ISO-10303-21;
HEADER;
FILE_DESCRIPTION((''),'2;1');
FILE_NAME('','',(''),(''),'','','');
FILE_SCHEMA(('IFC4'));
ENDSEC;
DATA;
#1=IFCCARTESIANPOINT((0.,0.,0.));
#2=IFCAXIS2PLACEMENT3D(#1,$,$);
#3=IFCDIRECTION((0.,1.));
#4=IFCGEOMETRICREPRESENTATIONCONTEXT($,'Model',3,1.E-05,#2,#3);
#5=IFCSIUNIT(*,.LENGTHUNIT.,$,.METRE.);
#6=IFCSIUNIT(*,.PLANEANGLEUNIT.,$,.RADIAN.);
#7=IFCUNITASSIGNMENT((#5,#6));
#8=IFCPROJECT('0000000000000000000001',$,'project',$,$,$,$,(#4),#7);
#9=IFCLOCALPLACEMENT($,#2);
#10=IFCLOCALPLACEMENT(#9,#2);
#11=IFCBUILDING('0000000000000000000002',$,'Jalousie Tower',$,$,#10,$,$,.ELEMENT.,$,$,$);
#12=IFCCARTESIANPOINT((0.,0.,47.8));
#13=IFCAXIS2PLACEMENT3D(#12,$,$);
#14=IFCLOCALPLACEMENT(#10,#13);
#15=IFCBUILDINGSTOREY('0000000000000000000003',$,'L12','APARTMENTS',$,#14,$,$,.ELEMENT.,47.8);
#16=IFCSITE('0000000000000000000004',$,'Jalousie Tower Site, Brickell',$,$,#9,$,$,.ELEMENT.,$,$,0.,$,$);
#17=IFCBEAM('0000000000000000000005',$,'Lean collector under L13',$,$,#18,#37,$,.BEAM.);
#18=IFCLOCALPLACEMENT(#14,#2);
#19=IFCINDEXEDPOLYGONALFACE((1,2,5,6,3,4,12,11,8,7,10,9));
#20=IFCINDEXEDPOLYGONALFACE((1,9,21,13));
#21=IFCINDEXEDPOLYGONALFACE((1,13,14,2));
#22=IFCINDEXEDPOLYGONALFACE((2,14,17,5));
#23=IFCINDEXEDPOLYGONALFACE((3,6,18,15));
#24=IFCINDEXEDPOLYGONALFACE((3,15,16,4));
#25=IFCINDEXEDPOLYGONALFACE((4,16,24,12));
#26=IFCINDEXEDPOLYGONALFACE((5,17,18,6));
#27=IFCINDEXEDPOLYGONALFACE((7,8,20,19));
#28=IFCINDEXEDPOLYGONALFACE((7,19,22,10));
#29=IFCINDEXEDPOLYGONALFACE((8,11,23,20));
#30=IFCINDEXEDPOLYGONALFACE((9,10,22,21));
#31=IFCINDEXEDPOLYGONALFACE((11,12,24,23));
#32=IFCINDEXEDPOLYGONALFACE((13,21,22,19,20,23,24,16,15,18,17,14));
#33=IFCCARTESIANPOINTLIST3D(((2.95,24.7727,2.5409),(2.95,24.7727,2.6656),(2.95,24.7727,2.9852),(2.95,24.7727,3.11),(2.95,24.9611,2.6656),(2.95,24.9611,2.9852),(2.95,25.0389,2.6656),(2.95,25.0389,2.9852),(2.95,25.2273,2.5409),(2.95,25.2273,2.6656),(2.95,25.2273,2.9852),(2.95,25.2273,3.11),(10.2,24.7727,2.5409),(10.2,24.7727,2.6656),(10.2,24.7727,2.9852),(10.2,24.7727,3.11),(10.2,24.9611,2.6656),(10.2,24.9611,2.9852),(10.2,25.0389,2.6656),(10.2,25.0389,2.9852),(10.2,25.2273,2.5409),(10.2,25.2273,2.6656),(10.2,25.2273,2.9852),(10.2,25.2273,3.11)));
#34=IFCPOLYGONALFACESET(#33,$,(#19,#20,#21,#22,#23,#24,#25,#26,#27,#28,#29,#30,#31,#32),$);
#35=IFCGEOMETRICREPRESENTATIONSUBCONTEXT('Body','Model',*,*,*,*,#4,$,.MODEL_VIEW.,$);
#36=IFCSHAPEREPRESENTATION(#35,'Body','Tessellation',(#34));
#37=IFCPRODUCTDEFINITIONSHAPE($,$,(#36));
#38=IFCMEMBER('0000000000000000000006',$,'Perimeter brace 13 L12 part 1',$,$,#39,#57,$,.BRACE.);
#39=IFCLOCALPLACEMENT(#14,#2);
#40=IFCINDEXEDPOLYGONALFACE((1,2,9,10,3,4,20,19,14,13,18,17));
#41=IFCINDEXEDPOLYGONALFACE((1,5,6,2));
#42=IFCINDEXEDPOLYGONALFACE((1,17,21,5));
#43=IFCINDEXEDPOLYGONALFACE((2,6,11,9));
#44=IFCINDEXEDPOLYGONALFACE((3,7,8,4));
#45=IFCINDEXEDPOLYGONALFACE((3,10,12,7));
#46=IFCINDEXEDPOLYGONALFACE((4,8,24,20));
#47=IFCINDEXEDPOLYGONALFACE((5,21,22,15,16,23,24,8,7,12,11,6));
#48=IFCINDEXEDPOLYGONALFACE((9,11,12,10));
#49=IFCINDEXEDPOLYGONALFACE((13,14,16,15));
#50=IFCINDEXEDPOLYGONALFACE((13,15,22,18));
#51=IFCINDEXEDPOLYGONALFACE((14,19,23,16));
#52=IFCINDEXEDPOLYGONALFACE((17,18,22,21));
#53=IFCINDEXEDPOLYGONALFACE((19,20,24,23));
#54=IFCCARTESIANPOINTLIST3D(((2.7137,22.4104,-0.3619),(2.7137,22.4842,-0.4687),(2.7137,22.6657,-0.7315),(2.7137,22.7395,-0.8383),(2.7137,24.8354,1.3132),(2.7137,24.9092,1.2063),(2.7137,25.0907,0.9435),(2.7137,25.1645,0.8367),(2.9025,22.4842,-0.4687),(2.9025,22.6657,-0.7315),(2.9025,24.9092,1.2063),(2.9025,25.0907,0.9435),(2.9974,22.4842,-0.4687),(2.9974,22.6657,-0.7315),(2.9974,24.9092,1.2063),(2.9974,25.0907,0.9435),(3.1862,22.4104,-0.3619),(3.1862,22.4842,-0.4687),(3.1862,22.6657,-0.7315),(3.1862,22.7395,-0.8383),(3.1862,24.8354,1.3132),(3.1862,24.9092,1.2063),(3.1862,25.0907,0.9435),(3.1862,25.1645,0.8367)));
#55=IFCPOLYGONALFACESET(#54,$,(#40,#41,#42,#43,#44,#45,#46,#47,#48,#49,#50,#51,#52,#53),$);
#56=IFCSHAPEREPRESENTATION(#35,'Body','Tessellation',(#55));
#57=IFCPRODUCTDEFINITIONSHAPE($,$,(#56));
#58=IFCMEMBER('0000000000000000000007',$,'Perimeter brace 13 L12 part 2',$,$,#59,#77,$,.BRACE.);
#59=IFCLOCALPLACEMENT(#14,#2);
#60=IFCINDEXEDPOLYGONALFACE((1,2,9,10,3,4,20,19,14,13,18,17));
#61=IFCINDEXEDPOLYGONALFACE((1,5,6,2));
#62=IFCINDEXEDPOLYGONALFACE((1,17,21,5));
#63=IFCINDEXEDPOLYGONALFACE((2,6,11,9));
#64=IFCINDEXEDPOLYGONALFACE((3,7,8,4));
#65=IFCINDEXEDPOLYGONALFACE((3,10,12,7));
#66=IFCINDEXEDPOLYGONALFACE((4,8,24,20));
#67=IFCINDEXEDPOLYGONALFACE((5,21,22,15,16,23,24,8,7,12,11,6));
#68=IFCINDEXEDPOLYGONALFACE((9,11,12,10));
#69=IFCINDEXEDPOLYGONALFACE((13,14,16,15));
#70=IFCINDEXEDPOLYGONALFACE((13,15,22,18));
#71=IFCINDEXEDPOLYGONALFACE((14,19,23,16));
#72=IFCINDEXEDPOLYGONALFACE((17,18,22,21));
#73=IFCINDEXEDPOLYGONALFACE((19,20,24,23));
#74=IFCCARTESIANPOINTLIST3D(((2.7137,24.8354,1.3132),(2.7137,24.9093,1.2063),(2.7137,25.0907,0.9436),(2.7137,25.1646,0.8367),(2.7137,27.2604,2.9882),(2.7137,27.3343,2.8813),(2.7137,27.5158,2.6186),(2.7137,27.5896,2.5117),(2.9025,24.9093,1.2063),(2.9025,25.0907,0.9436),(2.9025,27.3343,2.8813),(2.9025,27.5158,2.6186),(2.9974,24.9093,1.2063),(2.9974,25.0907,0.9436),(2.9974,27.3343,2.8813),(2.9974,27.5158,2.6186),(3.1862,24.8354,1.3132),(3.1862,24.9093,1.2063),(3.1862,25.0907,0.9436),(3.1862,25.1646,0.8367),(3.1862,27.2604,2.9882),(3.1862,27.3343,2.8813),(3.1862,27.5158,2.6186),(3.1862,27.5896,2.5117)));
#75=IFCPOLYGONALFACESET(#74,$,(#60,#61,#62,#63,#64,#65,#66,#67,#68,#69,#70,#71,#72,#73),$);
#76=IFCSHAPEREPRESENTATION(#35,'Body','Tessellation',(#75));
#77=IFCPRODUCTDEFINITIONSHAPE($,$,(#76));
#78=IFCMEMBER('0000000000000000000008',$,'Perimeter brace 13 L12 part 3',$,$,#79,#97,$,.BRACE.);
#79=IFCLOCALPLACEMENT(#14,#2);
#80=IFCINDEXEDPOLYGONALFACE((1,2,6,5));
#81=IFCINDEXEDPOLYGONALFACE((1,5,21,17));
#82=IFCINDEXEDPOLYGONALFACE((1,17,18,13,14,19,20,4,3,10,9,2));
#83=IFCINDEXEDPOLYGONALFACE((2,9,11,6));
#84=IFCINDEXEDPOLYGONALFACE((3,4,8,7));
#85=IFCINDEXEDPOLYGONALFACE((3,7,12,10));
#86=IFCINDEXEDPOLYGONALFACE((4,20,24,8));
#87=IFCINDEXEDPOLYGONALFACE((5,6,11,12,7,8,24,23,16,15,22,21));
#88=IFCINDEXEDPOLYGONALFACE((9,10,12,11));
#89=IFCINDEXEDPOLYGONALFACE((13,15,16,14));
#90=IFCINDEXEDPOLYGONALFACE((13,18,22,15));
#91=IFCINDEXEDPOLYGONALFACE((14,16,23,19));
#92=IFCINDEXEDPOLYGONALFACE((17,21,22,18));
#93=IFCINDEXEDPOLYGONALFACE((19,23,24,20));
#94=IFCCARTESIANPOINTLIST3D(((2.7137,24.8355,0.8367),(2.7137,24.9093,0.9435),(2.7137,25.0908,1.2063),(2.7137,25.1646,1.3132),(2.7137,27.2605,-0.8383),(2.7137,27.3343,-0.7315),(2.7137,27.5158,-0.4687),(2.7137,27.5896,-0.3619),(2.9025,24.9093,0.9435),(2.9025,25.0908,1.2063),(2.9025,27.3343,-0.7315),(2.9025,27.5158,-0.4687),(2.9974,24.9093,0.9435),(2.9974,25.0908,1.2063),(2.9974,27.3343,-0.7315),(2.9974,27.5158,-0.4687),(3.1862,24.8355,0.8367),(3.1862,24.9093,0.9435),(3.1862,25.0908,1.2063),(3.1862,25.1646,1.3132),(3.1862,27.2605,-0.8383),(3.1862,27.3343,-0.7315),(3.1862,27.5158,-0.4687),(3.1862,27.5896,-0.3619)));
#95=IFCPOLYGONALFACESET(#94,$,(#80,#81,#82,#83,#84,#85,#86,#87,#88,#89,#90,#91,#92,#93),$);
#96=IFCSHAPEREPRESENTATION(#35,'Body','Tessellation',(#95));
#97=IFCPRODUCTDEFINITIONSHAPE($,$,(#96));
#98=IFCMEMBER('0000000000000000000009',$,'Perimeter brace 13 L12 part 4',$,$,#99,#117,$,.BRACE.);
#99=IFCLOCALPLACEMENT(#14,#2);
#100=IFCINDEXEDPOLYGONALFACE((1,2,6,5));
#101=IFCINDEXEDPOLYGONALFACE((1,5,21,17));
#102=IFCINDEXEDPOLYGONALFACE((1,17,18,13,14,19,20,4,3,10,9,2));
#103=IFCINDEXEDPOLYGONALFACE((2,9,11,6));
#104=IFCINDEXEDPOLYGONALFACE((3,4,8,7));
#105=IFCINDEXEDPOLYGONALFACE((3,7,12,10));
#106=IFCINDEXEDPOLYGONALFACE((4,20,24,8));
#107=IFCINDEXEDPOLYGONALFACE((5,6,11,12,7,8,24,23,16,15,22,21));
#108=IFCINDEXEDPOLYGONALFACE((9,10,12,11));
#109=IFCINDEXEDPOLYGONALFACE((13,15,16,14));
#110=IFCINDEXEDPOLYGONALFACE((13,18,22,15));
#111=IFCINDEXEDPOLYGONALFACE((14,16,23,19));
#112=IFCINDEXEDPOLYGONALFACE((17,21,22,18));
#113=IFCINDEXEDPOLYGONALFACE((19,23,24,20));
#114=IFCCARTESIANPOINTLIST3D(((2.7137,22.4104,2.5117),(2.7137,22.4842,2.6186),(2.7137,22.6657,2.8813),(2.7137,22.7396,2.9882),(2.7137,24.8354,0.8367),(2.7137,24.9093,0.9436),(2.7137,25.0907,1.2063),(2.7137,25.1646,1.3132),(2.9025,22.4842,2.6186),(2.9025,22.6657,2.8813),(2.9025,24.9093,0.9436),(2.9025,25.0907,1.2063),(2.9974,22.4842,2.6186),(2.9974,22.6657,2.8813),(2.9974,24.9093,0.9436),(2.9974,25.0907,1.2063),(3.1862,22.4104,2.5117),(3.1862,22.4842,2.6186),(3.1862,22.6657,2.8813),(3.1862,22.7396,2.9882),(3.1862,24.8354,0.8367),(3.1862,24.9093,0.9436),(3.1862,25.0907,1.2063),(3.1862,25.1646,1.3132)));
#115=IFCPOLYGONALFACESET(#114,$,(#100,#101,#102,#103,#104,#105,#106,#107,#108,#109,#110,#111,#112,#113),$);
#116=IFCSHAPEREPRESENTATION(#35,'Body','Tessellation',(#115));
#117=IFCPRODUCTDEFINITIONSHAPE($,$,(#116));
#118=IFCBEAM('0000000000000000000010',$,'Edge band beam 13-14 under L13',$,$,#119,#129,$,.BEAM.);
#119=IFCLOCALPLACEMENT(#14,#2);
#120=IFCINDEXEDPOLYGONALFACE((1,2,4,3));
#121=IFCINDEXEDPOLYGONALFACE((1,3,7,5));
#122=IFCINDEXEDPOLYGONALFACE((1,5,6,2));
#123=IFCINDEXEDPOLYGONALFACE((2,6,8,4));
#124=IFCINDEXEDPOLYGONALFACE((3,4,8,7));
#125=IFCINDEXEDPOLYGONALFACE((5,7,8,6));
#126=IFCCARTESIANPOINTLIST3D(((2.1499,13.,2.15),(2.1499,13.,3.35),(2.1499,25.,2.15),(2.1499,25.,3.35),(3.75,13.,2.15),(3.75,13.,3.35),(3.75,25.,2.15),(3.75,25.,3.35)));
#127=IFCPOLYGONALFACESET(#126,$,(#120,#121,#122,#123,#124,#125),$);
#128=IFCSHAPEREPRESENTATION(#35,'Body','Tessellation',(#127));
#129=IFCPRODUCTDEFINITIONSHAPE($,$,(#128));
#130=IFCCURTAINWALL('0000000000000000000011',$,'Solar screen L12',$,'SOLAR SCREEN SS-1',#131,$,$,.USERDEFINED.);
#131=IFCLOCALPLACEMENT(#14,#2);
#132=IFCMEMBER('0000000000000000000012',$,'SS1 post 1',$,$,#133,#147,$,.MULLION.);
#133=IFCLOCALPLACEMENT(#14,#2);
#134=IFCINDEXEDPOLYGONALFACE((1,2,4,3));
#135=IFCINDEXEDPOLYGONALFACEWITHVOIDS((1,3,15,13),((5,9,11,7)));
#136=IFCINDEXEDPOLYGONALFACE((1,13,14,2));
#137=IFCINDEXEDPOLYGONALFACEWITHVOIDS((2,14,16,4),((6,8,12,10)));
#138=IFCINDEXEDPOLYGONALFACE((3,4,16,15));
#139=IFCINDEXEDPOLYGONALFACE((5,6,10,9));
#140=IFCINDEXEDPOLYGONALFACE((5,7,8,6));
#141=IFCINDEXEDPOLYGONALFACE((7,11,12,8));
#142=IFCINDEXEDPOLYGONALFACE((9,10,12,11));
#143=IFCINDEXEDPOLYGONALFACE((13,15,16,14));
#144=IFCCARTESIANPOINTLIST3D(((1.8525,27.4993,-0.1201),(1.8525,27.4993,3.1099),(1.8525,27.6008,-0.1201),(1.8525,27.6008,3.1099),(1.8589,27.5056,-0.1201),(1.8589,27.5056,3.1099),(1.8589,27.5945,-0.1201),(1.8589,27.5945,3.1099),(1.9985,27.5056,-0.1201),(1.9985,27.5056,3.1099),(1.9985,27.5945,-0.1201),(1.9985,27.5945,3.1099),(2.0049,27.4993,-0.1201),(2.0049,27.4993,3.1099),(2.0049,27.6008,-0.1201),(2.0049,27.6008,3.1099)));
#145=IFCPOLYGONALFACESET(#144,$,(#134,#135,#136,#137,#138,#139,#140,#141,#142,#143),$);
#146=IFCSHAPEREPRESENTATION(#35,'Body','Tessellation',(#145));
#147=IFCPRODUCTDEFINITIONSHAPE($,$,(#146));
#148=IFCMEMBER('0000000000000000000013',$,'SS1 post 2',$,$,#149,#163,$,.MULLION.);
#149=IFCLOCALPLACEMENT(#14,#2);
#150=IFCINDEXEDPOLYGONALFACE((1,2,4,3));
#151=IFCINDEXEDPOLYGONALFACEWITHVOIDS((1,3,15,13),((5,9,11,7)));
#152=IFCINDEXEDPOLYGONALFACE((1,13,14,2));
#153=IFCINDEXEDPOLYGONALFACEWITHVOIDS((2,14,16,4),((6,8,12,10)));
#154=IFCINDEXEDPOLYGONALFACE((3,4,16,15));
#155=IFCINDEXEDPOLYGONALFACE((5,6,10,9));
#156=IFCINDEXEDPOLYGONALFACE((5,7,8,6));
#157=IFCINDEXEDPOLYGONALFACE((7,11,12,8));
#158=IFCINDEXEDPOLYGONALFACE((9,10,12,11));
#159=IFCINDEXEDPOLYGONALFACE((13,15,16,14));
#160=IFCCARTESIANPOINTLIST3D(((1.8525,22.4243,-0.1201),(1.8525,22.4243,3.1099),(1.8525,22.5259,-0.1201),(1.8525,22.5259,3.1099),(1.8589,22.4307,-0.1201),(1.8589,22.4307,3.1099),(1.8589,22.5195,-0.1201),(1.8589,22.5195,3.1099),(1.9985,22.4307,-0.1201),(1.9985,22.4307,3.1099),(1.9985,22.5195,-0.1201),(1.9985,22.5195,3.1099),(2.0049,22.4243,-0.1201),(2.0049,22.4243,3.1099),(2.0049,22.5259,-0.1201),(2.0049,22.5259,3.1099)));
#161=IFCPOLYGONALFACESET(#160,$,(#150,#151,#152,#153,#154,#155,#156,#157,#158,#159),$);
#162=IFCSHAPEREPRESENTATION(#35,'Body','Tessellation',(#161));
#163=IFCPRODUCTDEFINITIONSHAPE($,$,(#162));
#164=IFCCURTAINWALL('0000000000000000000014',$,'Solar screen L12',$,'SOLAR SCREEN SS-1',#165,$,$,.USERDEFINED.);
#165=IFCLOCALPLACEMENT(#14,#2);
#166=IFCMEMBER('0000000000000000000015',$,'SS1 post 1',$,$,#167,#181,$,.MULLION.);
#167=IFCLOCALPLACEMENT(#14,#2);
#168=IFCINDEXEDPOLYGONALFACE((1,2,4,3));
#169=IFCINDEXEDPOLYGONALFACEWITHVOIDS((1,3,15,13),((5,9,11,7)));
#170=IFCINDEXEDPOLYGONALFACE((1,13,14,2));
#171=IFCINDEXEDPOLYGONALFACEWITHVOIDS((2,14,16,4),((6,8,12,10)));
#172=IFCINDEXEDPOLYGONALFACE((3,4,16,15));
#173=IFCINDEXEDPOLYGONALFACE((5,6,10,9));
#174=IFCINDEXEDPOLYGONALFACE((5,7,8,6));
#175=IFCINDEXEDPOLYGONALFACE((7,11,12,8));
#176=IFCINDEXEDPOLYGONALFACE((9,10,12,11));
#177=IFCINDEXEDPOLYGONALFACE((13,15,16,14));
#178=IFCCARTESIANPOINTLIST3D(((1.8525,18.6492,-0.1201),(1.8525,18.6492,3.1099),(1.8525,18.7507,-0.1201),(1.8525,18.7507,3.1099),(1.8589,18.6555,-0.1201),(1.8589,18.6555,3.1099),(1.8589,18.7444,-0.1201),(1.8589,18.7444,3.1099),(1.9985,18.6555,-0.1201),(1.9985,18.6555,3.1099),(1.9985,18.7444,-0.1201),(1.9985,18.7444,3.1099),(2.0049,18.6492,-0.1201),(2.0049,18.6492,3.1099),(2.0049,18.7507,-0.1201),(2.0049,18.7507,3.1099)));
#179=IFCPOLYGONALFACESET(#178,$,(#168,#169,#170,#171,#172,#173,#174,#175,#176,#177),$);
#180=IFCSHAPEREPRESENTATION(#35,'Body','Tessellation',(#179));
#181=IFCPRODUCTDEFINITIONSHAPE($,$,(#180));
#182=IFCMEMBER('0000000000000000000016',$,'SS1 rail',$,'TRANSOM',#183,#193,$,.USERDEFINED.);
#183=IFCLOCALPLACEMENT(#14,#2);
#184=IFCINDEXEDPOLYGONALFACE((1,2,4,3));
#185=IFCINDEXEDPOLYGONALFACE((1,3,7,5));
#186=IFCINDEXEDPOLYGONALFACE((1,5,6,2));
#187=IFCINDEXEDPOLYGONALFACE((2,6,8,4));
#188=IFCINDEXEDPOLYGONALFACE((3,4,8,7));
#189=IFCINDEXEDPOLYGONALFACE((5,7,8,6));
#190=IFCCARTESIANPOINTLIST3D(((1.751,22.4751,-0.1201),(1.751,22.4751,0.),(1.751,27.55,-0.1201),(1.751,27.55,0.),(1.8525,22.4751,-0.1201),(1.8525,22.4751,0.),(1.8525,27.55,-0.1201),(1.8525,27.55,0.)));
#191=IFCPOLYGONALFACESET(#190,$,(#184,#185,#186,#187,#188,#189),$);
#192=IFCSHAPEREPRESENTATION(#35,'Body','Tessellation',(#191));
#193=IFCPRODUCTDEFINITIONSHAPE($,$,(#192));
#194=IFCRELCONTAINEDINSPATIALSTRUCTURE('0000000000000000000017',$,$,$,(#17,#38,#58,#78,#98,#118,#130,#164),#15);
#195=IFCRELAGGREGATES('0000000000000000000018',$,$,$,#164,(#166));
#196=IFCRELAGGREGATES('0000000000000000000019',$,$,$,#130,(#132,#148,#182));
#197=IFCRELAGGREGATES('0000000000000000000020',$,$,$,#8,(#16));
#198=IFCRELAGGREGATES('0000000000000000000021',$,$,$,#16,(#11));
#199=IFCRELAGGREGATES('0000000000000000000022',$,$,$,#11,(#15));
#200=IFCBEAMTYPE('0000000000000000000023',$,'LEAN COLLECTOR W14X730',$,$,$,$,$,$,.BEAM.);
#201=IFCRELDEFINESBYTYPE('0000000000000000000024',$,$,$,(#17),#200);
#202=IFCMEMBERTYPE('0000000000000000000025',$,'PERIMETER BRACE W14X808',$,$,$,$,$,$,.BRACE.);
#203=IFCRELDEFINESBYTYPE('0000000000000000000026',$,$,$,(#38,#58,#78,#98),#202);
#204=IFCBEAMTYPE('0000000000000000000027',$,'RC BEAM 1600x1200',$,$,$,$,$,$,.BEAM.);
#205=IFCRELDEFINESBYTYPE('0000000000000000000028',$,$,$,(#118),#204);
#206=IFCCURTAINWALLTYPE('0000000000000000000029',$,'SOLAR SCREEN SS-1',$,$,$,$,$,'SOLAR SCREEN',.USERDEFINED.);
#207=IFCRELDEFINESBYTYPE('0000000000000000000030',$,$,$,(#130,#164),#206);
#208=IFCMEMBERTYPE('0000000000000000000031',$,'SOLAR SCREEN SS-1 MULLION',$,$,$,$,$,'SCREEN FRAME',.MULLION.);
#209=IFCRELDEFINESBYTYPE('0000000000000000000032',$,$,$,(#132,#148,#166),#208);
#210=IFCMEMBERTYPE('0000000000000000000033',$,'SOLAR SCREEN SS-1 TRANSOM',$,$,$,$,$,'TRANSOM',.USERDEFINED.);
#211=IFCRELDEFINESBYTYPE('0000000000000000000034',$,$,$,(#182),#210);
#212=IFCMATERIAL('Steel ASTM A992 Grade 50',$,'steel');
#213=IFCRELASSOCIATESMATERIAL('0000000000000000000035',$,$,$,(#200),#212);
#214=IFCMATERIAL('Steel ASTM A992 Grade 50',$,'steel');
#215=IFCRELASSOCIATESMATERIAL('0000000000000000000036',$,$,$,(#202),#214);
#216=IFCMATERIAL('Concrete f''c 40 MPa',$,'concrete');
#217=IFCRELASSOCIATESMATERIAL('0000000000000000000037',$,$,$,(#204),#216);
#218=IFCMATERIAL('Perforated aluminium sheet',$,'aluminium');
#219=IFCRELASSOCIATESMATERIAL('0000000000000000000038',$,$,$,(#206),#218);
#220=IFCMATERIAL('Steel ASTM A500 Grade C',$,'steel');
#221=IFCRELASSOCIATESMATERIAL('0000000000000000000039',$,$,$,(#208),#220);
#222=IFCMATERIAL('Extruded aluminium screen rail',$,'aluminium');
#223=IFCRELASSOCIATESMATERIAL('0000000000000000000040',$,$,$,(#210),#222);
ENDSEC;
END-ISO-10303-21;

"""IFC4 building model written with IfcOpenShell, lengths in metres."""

from ifc_helpers import new_model, si_unit, direction, frame, origin, origin_2d, place, context, subcontext, project, spatial, rectangle, hollow_rectangle, i_section, extrude, material, material_profile, profile_set, type_object, element, aggregate, save


model = new_model("IFC4")

# Units and contexts
model_context = context("Model", 3, precision=1e-05, world=origin(), true_north=direction((0.0, 1.0)))
body_context = subcontext(model_context, "Body", "Model", "MODEL_VIEW")
ifc_project = project(units=[si_unit("LENGTHUNIT", "METRE"), si_unit("PLANEANGLEUNIT", "RADIAN")], contexts=[model_context])

# Site, building, storey
site_placement = place(None, origin())
site = spatial("IfcSite", under=ifc_project, at=site_placement, Name="Jalousie Tower Site, Brickell", CompositionType="ELEMENT", RefElevation=0.0)
building_placement = place(site_placement, origin())
building = spatial("IfcBuilding", under=site, at=building_placement, Name="Jalousie Tower", CompositionType="ELEMENT")
storey_placement = place(building_placement, frame((0.0, 0.0, 47.8)))
storey = spatial("IfcBuildingStorey", under=building, at=storey_placement, Name="L12", Description="APARTMENTS", CompositionType="ELEMENT", Elevation=47.8)

# Beam
ifc_material_1 = material(Name="Steel ASTM A992 Grade 50", Category="steel")
ifc_material_profile_1 = material_profile(ifc_material_1, i_section(OverallWidth=0.4546, OverallDepth=0.5691, WebThickness=0.0779, FlangeThickness=0.1248, at=origin_2d()), Name="W14X730")
ifc_profile_set_1 = profile_set([ifc_material_profile_1], Name="Steel ASTM A992 Grade 50")
beam_type_1 = type_object("IfcBeamType", Name="LEAN COLLECTOR W14X730", PredefinedType="BEAM", material=ifc_profile_set_1)
beam_1_placement = place(storey_placement, frame((2.95, 25.0, 2.8254), z_axis=(1.0, 0.0, 0.0), x_axis=(0.0, 1.0, 0.0)))
element("IfcBeam", 1, at=beam_1_placement, inside=storey, type_object=beam_type_1, Name="Lean collector under L13", PredefinedType="BEAM", context=body_context, shape_type="SweptSolid", body=[
    extrude(i_section(OverallWidth=0.4546, OverallDepth=0.5691, WebThickness=0.0779, FlangeThickness=0.1248, at=origin_2d()), origin(), (0.0, 0.0, 1.0), 7.25),
])

# Members
ifc_material_2 = material(Name="Steel ASTM A992 Grade 50", Category="steel")
ifc_material_profile_2 = material_profile(ifc_material_2, i_section(OverallWidth=0.4724, OverallDepth=0.5791, WebThickness=0.095, FlangeThickness=0.1299, at=origin_2d()), Name="W14X808")
ifc_profile_set_2 = profile_set([ifc_material_profile_2], Name="Steel ASTM A992 Grade 50")
member_type_1 = type_object("IfcMemberType", Name="PERIMETER BRACE W14X808", PredefinedType="BRACE", material=ifc_profile_set_2)
for number, where, z_axis, x_axis, name in (
    (2, (2.95, 22.575, -0.6001), (0.0, 0.8228, 0.568331), (-1.0, 0.0, 0.0), "Perimeter brace 13 L12 part 1"),
    (3, (2.95, 25.0, 1.075), (0.0, 0.8228, 0.568331), (-1.0, 0.0, 0.0), "Perimeter brace 13 L12 part 2"),
    (4, (2.95, 27.425, -0.6001), (0.0, -0.8228, 0.568331), (1.0, 0.0, 0.0), "Perimeter brace 13 L12 part 3"),
    (5, (2.95, 25.0, 1.075), (0.0, -0.8228, 0.568331), (1.0, 0.0, 0.0), "Perimeter brace 13 L12 part 4"),
):
    element("IfcMember", number, at=place(storey_placement, frame(where, z_axis=z_axis, x_axis=x_axis)), inside=storey, type_object=member_type_1, Name=name, PredefinedType="BRACE", context=body_context, shape_type="SweptSolid", body=[
        extrude(i_section(OverallWidth=0.4724, OverallDepth=0.5791, WebThickness=0.095, FlangeThickness=0.1299, at=origin_2d()), origin(), (0.0, 0.0, 1.0), 2.9473),
    ])

# Beam
ifc_material_3 = material(Name="Concrete f'c 40 MPa", Category="concrete")
ifc_material_profile_3 = material_profile(ifc_material_3, rectangle(XDim=1.6001, YDim=1.2, at=origin_2d()), Name="RC 1600x1200")
ifc_profile_set_3 = profile_set([ifc_material_profile_3], Name="Concrete f'c 40 MPa")
beam_type_2 = type_object("IfcBeamType", Name="RC BEAM 1600x1200", PredefinedType="BEAM", material=ifc_profile_set_3)
beam_2_placement = place(storey_placement, frame((2.95, 25.0, 2.75), z_axis=(0.0, -1.0, 0.0), x_axis=(1.0, 0.0, 0.0)))
element("IfcBeam", 6, at=beam_2_placement, inside=storey, type_object=beam_type_2, Name="Edge band beam 13-14 under L13", PredefinedType="BEAM", context=body_context, shape_type="SweptSolid", body=[
    extrude(rectangle(XDim=1.6001, YDim=1.2, at=origin_2d()), origin(), (0.0, 0.0, 1.0), 12.0),
])

# Curtain wall, members
ifc_material_4 = material(Name="Perforated aluminium sheet", Category="aluminium")
curtain_wall_type = type_object("IfcCurtainWallType", Name="SOLAR SCREEN SS-1", ElementType="SOLAR SCREEN", PredefinedType="USERDEFINED", material=ifc_material_4)
curtain_wall_1_placement = place(storey_placement, origin())
curtain_wall_1 = element("IfcCurtainWall", 7, at=curtain_wall_1_placement, inside=storey, type_object=curtain_wall_type, Name="Solar screen L12", ObjectType="SOLAR SCREEN SS-1", PredefinedType="USERDEFINED")
ifc_material_5 = material(Name="Steel ASTM A500 Grade C", Category="steel")
ifc_material_profile_4 = material_profile(ifc_material_5, hollow_rectangle(XDim=0.1016, YDim=0.1523, WallThickness=0.0063, at=origin_2d()), Name="HSS6X4X1/4")
ifc_profile_set_4 = profile_set([ifc_material_profile_4], Name="Steel ASTM A500 Grade C")
member_type_2 = type_object("IfcMemberType", Name="SOLAR SCREEN SS-1 MULLION", ElementType="SCREEN FRAME", PredefinedType="MULLION", material=ifc_profile_set_4)
member_1_placement = place(storey_placement, frame((1.9287, 27.55, -0.1201), z_axis=(0.0, 0.0, 1.0), x_axis=(0.0, -1.0, 0.0)))
member_1 = element("IfcMember", 8, at=member_1_placement, type_object=member_type_2, Name="SS1 post 1", PredefinedType="MULLION", context=body_context, shape_type="SweptSolid", body=[
    extrude(hollow_rectangle(XDim=0.1016, YDim=0.1523, WallThickness=0.0063, at=origin_2d()), origin(), (0.0, 0.0, 1.0), 3.23),
])
member_2_placement = place(storey_placement, frame((1.9287, 22.4751, -0.1201), z_axis=(0.0, 0.0, 1.0), x_axis=(0.0, -1.0, 0.0)))
member_2 = element("IfcMember", 9, at=member_2_placement, type_object=member_type_2, Name="SS1 post 2", PredefinedType="MULLION", context=body_context, shape_type="SweptSolid", body=[
    extrude(hollow_rectangle(XDim=0.1016, YDim=0.1523, WallThickness=0.0063, at=origin_2d()), origin(), (0.0, 0.0, 1.0), 3.23),
])

# Curtain wall, member
curtain_wall_2_placement = place(storey_placement, origin())
curtain_wall_2 = element("IfcCurtainWall", 10, at=curtain_wall_2_placement, inside=storey, type_object=curtain_wall_type, Name="Solar screen L12", ObjectType="SOLAR SCREEN SS-1", PredefinedType="USERDEFINED")
member_3_placement = place(storey_placement, frame((1.9287, 18.7, -0.1201), z_axis=(0.0, 0.0, 1.0), x_axis=(0.0, -1.0, 0.0)))
member_3 = element("IfcMember", 11, at=member_3_placement, type_object=member_type_2, Name="SS1 post 1", PredefinedType="MULLION", context=body_context, shape_type="SweptSolid", body=[
    extrude(hollow_rectangle(XDim=0.1016, YDim=0.1523, WallThickness=0.0063, at=origin_2d()), origin(), (0.0, 0.0, 1.0), 3.23),
])

# Member
ifc_material_6 = material(Name="Extruded aluminium screen rail", Category="aluminium")
ifc_material_profile_5 = material_profile(ifc_material_6, rectangle(XDim=0.1016, YDim=0.1201, at=origin_2d()), Name="RAIL 102x120")
ifc_profile_set_5 = profile_set([ifc_material_profile_5], Name="Extruded aluminium screen rail")
member_type_3 = type_object("IfcMemberType", Name="SOLAR SCREEN SS-1 TRANSOM", ElementType="TRANSOM", PredefinedType="USERDEFINED", material=ifc_profile_set_5)
member_4_placement = place(storey_placement, frame((1.8018, 27.55, -0.0601), z_axis=(0.0, -1.0, 0.0), x_axis=(1.0, 0.0, 0.0)))
member_4 = element("IfcMember", 12, at=member_4_placement, type_object=member_type_3, Name="SS1 rail", ObjectType="TRANSOM", PredefinedType="USERDEFINED", context=body_context, shape_type="SweptSolid", body=[
    extrude(rectangle(XDim=0.1016, YDim=0.1201, at=origin_2d()), origin(), (0.0, 0.0, 1.0), 5.075),
])
aggregate(curtain_wall_2, [member_3])

aggregate(curtain_wall_1, [member_1, member_2, member_4])

save(model, "model.ifc")
